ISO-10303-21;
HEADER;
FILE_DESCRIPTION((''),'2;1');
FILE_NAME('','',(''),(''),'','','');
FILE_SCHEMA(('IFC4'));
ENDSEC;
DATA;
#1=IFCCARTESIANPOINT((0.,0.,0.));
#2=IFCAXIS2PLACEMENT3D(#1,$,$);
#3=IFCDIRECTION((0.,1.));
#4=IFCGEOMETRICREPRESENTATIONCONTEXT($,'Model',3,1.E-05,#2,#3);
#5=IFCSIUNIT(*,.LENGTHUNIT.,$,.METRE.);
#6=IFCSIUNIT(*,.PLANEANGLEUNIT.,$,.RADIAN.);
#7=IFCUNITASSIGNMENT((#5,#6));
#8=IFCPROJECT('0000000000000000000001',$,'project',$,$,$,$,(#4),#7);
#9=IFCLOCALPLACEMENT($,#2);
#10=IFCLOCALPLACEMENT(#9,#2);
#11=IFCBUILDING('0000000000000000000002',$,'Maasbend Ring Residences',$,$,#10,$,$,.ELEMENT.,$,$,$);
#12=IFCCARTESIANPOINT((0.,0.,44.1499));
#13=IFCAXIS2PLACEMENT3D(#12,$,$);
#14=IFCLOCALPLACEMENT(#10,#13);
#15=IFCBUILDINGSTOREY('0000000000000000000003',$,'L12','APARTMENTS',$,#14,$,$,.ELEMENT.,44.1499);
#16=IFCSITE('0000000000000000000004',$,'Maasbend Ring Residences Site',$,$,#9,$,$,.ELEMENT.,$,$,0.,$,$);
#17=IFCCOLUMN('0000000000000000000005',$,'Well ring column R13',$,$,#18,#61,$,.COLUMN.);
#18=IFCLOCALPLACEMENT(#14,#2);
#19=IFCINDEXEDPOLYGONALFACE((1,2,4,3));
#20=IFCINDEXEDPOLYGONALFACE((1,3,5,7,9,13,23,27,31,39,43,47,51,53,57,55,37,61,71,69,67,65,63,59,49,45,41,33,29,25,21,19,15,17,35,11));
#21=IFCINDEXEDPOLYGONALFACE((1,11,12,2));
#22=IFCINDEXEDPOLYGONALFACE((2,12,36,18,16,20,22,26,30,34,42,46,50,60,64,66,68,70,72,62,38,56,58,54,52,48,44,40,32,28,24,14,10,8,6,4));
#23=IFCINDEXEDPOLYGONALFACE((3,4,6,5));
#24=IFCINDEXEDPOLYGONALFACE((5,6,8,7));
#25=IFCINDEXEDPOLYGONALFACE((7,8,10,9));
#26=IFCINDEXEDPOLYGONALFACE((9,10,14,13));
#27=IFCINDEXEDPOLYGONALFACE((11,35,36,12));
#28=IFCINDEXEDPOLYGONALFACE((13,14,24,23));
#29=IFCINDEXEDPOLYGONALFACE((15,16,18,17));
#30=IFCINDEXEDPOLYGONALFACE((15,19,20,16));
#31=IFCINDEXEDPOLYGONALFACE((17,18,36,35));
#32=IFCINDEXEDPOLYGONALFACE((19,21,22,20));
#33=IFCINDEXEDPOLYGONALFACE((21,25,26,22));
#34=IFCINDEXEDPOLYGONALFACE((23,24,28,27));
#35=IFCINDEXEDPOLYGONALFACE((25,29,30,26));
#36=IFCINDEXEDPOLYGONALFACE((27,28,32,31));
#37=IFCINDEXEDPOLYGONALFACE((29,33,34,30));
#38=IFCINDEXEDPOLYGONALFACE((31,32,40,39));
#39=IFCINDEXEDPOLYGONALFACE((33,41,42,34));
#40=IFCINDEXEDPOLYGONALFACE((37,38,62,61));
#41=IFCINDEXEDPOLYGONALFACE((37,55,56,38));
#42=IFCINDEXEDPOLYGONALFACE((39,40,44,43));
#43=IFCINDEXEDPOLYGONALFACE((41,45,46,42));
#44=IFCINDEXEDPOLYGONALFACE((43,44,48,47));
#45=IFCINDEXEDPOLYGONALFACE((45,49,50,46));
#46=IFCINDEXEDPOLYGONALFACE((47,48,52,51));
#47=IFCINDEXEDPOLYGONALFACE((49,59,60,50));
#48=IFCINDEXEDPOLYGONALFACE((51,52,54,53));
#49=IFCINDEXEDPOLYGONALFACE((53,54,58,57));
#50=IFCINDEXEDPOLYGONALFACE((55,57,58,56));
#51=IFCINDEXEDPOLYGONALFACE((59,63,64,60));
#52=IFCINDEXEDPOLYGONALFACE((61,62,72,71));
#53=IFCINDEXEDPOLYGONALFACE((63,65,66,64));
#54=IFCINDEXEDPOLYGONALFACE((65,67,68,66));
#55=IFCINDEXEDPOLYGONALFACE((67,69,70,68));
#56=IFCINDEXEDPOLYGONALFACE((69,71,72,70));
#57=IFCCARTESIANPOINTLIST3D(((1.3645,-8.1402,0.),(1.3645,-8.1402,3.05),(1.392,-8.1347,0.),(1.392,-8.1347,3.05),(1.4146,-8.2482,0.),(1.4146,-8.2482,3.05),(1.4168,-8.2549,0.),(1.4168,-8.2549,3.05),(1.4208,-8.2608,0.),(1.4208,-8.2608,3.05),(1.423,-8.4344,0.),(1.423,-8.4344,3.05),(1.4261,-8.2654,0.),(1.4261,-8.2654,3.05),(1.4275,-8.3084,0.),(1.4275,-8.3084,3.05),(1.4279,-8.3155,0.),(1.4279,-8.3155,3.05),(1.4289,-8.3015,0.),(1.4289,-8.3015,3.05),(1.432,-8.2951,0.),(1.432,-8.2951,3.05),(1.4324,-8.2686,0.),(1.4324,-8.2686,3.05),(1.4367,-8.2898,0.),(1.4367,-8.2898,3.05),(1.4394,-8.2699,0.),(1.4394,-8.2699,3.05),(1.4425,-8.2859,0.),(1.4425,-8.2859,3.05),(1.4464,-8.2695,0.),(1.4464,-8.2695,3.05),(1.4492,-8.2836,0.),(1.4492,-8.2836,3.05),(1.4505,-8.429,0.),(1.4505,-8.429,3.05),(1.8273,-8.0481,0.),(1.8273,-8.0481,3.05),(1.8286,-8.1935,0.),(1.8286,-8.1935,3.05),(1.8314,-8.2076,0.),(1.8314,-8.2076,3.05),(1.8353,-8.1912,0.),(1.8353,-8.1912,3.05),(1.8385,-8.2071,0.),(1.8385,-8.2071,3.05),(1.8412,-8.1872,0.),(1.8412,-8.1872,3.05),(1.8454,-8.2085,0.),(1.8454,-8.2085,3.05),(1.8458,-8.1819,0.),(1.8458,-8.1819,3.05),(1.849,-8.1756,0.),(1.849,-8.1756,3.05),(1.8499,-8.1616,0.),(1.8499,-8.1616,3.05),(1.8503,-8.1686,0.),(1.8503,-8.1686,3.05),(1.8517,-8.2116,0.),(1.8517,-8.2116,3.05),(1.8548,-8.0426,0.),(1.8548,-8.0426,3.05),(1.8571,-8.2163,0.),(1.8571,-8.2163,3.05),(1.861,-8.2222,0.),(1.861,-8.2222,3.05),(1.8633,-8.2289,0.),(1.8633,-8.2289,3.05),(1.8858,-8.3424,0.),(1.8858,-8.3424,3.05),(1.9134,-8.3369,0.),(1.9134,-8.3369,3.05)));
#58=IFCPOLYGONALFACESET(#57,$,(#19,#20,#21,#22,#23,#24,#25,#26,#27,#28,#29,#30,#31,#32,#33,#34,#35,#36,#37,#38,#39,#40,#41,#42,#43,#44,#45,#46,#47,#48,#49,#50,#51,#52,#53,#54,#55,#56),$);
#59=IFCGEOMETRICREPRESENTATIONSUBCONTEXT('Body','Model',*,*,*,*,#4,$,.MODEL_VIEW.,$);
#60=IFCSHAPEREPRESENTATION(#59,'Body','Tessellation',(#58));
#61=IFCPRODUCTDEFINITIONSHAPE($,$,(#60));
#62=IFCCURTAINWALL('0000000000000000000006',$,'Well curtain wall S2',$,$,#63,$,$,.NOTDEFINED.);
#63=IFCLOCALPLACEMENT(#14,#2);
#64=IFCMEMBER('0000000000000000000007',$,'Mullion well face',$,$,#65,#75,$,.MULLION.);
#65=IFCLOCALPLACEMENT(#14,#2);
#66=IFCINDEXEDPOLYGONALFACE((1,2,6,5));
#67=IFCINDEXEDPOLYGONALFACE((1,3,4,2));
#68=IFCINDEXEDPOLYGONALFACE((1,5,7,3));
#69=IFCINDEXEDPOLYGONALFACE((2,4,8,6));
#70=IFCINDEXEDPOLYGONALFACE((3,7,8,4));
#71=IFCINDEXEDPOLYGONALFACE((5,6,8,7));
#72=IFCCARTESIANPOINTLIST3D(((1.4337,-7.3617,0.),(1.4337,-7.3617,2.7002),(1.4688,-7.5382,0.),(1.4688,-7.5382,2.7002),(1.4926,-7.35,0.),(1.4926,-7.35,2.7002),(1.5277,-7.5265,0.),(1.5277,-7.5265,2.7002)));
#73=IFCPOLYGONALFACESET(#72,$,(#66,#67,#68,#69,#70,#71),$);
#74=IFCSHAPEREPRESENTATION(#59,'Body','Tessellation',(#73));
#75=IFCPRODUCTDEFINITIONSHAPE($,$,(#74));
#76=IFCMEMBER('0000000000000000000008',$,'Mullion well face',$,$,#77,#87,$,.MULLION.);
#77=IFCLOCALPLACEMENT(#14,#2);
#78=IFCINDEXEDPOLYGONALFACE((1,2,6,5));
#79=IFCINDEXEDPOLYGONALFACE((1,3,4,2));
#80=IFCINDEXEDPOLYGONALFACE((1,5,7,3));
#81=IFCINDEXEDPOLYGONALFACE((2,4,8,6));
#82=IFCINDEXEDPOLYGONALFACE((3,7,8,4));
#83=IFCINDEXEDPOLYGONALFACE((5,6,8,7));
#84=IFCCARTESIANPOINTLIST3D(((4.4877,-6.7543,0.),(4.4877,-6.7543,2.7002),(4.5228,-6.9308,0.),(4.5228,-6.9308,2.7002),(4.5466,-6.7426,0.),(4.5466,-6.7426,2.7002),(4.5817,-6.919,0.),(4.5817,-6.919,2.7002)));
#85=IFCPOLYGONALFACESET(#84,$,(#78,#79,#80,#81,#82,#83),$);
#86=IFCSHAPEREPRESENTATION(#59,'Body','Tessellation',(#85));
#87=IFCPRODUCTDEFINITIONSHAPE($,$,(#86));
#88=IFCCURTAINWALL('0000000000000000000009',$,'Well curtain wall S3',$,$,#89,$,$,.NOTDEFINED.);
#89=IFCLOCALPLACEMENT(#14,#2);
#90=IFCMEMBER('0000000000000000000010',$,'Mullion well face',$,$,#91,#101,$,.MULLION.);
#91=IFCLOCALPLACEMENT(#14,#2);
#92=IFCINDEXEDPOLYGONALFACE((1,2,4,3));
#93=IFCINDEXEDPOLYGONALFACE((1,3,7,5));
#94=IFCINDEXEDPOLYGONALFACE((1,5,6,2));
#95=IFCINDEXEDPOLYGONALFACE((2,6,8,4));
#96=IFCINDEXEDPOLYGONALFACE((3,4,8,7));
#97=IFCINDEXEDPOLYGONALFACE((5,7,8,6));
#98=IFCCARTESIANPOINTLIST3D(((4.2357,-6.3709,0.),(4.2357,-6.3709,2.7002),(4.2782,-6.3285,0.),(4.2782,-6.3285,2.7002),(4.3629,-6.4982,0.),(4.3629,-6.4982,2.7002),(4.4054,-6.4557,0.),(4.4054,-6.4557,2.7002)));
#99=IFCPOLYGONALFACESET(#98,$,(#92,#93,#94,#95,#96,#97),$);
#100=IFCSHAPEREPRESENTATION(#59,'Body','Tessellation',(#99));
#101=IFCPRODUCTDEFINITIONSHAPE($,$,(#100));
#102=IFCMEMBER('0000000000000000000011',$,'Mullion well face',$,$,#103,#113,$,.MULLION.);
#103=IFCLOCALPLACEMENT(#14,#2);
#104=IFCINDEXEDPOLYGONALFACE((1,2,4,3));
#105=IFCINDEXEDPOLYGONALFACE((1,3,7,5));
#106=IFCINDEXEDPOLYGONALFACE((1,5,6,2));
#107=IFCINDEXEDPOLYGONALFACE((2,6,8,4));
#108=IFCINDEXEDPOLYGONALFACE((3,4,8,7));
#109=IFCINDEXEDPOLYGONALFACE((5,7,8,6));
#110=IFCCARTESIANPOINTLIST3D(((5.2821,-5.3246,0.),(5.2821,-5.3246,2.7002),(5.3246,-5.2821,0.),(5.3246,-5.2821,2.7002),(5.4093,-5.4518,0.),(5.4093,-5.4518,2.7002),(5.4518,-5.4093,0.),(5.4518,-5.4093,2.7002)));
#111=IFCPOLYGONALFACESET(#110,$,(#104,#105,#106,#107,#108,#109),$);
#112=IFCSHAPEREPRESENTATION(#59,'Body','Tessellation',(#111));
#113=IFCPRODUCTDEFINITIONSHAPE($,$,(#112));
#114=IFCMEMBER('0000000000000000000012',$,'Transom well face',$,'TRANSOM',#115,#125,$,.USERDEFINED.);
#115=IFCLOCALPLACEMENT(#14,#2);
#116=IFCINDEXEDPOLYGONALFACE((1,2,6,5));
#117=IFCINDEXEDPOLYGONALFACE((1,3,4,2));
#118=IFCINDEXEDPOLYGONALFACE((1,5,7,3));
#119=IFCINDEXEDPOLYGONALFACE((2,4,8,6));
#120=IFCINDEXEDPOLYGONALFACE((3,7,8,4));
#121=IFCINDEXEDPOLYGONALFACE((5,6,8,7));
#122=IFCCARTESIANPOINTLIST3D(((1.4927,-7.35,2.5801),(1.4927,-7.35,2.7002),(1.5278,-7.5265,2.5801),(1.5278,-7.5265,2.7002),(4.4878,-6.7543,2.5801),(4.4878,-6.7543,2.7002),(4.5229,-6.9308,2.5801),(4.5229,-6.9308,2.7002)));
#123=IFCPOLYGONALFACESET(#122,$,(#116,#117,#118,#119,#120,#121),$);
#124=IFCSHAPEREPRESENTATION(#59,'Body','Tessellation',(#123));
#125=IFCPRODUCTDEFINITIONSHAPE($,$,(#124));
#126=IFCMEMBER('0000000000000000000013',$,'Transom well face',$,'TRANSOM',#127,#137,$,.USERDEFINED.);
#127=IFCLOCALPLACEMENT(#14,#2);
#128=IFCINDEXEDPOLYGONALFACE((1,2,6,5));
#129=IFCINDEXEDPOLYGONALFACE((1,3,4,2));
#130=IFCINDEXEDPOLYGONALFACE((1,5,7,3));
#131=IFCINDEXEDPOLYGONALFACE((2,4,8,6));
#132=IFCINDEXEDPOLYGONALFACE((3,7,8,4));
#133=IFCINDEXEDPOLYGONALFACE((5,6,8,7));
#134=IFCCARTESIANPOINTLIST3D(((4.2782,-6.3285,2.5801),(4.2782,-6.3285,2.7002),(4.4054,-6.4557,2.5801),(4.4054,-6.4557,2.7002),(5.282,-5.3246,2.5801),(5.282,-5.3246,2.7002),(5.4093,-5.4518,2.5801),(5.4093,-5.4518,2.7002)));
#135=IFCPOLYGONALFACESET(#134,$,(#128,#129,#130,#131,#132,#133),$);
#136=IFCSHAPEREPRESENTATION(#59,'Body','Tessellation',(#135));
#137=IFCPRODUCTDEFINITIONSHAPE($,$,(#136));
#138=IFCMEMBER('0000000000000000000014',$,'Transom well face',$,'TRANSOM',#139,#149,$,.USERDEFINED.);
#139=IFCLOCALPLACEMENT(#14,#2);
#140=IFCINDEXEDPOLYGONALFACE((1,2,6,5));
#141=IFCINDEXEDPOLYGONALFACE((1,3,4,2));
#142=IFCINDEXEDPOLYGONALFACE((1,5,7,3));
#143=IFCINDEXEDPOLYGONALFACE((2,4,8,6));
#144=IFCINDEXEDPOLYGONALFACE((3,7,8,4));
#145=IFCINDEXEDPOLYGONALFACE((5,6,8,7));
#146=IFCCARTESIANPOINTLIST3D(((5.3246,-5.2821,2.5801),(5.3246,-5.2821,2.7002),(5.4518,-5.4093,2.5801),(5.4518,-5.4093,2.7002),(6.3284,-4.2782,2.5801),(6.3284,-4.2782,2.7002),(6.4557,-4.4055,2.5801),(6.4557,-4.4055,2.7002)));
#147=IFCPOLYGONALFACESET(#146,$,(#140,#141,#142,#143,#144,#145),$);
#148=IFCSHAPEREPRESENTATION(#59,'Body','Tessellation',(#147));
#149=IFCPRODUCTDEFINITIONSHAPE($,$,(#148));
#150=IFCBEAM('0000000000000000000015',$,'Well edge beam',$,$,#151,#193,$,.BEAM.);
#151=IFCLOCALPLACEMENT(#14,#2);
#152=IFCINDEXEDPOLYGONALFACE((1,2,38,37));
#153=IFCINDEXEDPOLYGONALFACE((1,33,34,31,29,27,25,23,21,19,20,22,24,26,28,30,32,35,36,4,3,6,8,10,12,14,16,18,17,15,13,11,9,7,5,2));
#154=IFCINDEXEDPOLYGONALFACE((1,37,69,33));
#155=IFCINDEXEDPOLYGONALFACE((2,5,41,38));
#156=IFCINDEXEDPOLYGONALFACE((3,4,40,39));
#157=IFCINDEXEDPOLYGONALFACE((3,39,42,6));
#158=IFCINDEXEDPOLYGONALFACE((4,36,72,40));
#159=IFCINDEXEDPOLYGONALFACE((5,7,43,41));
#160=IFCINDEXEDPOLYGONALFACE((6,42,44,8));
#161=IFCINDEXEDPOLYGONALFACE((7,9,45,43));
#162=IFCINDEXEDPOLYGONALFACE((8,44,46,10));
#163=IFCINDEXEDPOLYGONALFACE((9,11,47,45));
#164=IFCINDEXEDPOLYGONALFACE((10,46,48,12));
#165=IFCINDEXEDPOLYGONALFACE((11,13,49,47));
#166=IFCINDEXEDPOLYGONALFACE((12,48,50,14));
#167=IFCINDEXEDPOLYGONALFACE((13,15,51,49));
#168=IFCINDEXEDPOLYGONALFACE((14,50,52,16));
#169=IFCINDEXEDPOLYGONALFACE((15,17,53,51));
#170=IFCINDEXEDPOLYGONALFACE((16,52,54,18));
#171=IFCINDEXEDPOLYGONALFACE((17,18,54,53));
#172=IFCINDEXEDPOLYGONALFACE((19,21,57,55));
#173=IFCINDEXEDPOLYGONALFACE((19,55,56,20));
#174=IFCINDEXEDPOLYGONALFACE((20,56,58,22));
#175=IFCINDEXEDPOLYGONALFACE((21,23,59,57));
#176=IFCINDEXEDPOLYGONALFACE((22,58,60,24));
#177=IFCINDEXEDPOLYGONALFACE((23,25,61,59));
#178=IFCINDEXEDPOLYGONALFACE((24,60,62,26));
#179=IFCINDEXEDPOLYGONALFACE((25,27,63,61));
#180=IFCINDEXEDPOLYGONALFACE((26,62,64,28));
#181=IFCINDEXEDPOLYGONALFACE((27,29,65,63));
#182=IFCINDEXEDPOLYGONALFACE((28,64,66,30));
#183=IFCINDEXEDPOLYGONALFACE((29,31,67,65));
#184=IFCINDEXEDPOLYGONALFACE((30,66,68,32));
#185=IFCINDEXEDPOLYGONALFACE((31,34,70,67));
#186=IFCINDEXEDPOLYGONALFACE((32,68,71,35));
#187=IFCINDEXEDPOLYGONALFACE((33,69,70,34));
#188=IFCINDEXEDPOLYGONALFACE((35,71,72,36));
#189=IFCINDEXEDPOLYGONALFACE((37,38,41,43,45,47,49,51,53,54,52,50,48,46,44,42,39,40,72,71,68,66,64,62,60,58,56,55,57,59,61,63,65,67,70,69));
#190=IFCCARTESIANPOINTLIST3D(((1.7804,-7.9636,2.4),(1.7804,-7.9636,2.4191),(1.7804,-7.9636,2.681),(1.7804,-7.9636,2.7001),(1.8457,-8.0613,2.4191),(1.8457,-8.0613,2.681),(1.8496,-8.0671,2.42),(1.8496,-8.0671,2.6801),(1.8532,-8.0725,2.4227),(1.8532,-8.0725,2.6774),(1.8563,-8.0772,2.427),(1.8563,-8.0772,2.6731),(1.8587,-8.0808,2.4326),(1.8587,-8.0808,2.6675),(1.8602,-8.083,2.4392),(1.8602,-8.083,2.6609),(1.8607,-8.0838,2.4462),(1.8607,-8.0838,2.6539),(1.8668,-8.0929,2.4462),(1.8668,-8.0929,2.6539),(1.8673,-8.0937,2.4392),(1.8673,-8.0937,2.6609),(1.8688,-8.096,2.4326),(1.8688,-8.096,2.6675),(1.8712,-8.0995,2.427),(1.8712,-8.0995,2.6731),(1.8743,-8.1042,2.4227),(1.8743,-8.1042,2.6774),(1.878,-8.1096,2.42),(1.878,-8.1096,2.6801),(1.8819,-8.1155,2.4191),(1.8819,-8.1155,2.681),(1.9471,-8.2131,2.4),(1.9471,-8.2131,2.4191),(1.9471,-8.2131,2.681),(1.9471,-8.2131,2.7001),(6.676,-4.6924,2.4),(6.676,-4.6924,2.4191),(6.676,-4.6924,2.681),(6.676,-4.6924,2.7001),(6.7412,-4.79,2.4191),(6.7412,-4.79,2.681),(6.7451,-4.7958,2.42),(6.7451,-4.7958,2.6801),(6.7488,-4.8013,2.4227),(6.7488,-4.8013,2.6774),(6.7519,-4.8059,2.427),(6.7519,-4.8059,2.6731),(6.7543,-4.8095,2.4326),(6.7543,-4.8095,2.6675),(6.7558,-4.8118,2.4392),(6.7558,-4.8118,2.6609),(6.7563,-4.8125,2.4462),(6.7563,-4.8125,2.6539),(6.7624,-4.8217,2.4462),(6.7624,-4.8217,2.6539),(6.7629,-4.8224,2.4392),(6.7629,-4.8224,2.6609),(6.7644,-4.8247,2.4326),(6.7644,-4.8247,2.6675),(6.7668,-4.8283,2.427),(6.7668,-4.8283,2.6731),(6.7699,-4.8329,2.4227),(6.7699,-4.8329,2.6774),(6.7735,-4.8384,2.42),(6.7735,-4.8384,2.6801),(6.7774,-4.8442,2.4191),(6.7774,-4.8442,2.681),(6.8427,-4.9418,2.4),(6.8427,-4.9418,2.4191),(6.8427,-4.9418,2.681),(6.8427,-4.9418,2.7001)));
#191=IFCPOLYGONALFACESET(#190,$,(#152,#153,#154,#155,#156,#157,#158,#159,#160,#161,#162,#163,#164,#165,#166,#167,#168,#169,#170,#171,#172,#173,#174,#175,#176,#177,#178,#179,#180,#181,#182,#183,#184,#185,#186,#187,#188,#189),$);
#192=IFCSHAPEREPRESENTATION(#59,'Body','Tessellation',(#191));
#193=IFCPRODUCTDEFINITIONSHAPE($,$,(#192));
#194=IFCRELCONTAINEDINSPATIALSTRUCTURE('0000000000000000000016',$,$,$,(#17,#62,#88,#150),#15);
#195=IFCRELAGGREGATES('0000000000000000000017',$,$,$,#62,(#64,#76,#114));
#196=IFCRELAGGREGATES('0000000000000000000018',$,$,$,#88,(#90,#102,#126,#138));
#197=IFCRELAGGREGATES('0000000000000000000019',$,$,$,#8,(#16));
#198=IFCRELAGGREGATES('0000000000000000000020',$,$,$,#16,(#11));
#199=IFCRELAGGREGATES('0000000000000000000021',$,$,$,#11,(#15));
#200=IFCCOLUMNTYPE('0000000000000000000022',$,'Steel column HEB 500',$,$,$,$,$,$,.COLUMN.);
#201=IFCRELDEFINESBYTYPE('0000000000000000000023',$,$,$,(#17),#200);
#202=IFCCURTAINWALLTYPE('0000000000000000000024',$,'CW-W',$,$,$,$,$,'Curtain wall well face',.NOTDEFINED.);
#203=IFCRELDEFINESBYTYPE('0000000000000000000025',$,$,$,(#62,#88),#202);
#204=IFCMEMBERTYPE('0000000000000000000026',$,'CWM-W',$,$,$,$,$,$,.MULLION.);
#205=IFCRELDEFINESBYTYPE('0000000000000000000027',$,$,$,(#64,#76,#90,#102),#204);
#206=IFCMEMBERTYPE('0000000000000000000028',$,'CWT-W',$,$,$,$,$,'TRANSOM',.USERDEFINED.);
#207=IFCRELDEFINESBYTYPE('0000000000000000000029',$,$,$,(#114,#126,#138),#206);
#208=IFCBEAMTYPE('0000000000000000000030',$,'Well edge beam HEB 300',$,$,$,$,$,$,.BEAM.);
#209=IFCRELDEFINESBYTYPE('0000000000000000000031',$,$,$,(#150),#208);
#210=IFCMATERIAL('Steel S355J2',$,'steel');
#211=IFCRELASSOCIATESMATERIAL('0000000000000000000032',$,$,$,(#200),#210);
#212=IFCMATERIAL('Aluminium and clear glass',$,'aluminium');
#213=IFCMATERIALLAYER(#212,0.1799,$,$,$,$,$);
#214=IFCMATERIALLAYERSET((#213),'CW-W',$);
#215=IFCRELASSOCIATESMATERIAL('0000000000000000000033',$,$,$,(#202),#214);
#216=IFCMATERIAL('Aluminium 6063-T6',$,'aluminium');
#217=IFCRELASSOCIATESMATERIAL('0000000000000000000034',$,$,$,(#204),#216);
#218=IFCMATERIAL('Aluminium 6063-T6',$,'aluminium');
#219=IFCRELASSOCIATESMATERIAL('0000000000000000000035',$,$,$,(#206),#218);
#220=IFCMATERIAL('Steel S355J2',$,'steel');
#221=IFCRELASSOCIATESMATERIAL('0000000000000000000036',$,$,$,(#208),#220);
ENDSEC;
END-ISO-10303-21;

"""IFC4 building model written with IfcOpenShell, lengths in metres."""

from ifc_helpers import new_model, si_unit, direction, frame, origin, origin_2d, place, context, subcontext, project, spatial, rectangle, i_section, extrude, material, layer, layer_set, material_profile, profile_set, type_object, element, aggregate, save


model = new_model("IFC4")

# Units and contexts
model_context = context("Model", 3, precision=1e-05, world=origin(), true_north=direction((0.0, 1.0)))
body_context = subcontext(model_context, "Body", "Model", "MODEL_VIEW")
ifc_project = project(units=[si_unit("LENGTHUNIT", "METRE"), si_unit("PLANEANGLEUNIT", "RADIAN")], contexts=[model_context])

# Site, building, storey
site_placement = place(None, origin())
site = spatial("IfcSite", under=ifc_project, at=site_placement, Name="Maasbend Ring Residences Site", CompositionType="ELEMENT", RefElevation=0.0)
building_placement = place(site_placement, origin())
building = spatial("IfcBuilding", under=site, at=building_placement, Name="Maasbend Ring Residences", CompositionType="ELEMENT")
storey_placement = place(building_placement, frame((0.0, 0.0, 44.1499)))
storey = spatial("IfcBuildingStorey", under=building, at=storey_placement, Name="L12", Description="APARTMENTS", CompositionType="ELEMENT", Elevation=44.1499)

# Column
ifc_material_1 = material(Name="Steel S355J2", Category="steel")
ifc_material_profile_1 = material_profile(ifc_material_1, i_section(OverallWidth=0.3, OverallDepth=0.5, WebThickness=0.0144, FlangeThickness=0.0281, FilletRadius=0.0271, at=origin_2d()), Name="HEB 500")
ifc_profile_set_1 = profile_set([ifc_material_profile_1], Name="Steel S355J2")
column_type = type_object("IfcColumnType", Name="Steel column HEB 500", PredefinedType="COLUMN", material=ifc_profile_set_1)
column_placement = place(storey_placement, frame((1.6389, -8.2385, 0.0), z_axis=(0.0, 0.0, 1.0), x_axis=(0.19509, -0.980785, 0.0)))
element("IfcColumn", 1, at=column_placement, inside=storey, type_object=column_type, Name="Well ring column R13", PredefinedType="COLUMN", context=body_context, shape_type="SweptSolid", body=[
    extrude(i_section(OverallWidth=0.3, OverallDepth=0.5, WebThickness=0.0144, FlangeThickness=0.0281, FilletRadius=0.0271, at=origin_2d()), origin(), (0.0, 0.0, 1.0), 3.05),
])

# Curtain walls, members
ifc_material_2 = material(Name="Aluminium and clear glass", Category="aluminium")
ifc_layer_1 = layer(ifc_material_2, 0.1799)
ifc_layer_set_1 = layer_set([ifc_layer_1], Name="CW-W")
curtain_wall_type = type_object("IfcCurtainWallType", Name="CW-W", ElementType="Curtain wall well face", PredefinedType="NOTDEFINED", material=ifc_layer_set_1)
curtain_wall_1_placement = place(storey_placement, origin())
curtain_wall_1 = element("IfcCurtainWall", 2, at=curtain_wall_1_placement, inside=storey, type_object=curtain_wall_type, Name="Well curtain wall S2", PredefinedType="NOTDEFINED")
ifc_material_3 = material(Name="Aluminium 6063-T6", Category="aluminium")
ifc_material_profile_2 = material_profile(ifc_material_3, rectangle(XDim=0.1799, YDim=0.0601, at=origin_2d()), Name="AL 180x60")
ifc_profile_set_2 = profile_set([ifc_material_profile_2], Name="Aluminium 6063-T6")
member_type_1 = type_object("IfcMemberType", Name="CWM-W", PredefinedType="MULLION", material=ifc_profile_set_2)
member_1_placement = place(storey_placement, frame((1.4807, -7.4441, 0.0), z_axis=(0.0, 0.0, 1.0), x_axis=(-0.19509, 0.980785, 0.0)))
member_1 = element("IfcMember", 3, at=member_1_placement, type_object=member_type_1, Name="Mullion well face", PredefinedType="MULLION", context=body_context, shape_type="SweptSolid", body=[
    extrude(rectangle(XDim=0.1799, YDim=0.0601, at=origin_2d()), origin(), (0.0, 0.0, 1.0), 2.7002),
])
member_2_placement = place(storey_placement, frame((4.5347, -6.8367, 0.0), z_axis=(0.0, 0.0, 1.0), x_axis=(-0.19509, 0.980785, 0.0)))
member_2 = element("IfcMember", 4, at=member_2_placement, type_object=member_type_1, Name="Mullion well face", PredefinedType="MULLION", context=body_context, shape_type="SweptSolid", body=[
    extrude(rectangle(XDim=0.1799, YDim=0.0601, at=origin_2d()), origin(), (0.0, 0.0, 1.0), 2.7002),
])
curtain_wall_2_placement = place(storey_placement, origin())
curtain_wall_2 = element("IfcCurtainWall", 5, at=curtain_wall_2_placement, inside=storey, type_object=curtain_wall_type, Name="Well curtain wall S3", PredefinedType="NOTDEFINED")
member_3_placement = place(storey_placement, frame((4.3206, -6.4133, 0.0), z_axis=(0.0, 0.0, 1.0), x_axis=(-0.707107, 0.707107, 0.0)))
member_3 = element("IfcMember", 6, at=member_3_placement, type_object=member_type_1, Name="Mullion well face", PredefinedType="MULLION", context=body_context, shape_type="SweptSolid", body=[
    extrude(rectangle(XDim=0.1799, YDim=0.0601, at=origin_2d()), origin(), (0.0, 0.0, 1.0), 2.7002),
])
member_4_placement = place(storey_placement, frame((5.3669, -5.3669, 0.0), z_axis=(0.0, 0.0, 1.0), x_axis=(-0.707107, 0.707107, 0.0)))
member_4 = element("IfcMember", 7, at=member_4_placement, type_object=member_type_1, Name="Mullion well face", PredefinedType="MULLION", context=body_context, shape_type="SweptSolid", body=[
    extrude(rectangle(XDim=0.1799, YDim=0.0601, at=origin_2d()), origin(), (0.0, 0.0, 1.0), 2.7002),
])

# Members
ifc_material_4 = material(Name="Aluminium 6063-T6", Category="aluminium")
ifc_material_profile_3 = material_profile(ifc_material_4, rectangle(XDim=0.1799, YDim=0.1201, at=origin_2d()), Name="AL 180x120")
ifc_profile_set_3 = profile_set([ifc_material_profile_3], Name="Aluminium 6063-T6")
member_type_2 = type_object("IfcMemberType", Name="CWT-W", ElementType="TRANSOM", PredefinedType="USERDEFINED", material=ifc_profile_set_3)
member_5_placement = place(storey_placement, frame((1.5103, -7.4382, 2.6401), z_axis=(0.980789, 0.195071, 0.0), x_axis=(-0.195071, 0.980789, 0.0)))
member_5 = element("IfcMember", 8, at=member_5_placement, type_object=member_type_2, Name="Transom well face", ObjectType="TRANSOM", PredefinedType="USERDEFINED", context=body_context, shape_type="SweptSolid", body=[
    extrude(rectangle(XDim=0.1799, YDim=0.1201, at=origin_2d()), origin(), (0.0, 0.0, 1.0), 3.0537),
])
member_6_placement = place(storey_placement, frame((4.3418, -6.3921, 2.6401), z_axis=(0.707107, 0.707107, 0.0), x_axis=(-0.707107, 0.707107, 0.0)))
member_6 = element("IfcMember", 9, at=member_6_placement, type_object=member_type_2, Name="Transom well face", ObjectType="TRANSOM", PredefinedType="USERDEFINED", context=body_context, shape_type="SweptSolid", body=[
    extrude(rectangle(XDim=0.1799, YDim=0.1201, at=origin_2d()), origin(), (0.0, 0.0, 1.0), 1.4197),
])
member_7_placement = place(storey_placement, frame((5.3882, -5.3457, 2.6401), z_axis=(0.707107, 0.707107, 0.0), x_axis=(-0.707107, 0.707107, 0.0)))
member_7 = element("IfcMember", 10, at=member_7_placement, type_object=member_type_2, Name="Transom well face", ObjectType="TRANSOM", PredefinedType="USERDEFINED", context=body_context, shape_type="SweptSolid", body=[
    extrude(rectangle(XDim=0.1799, YDim=0.1201, at=origin_2d()), origin(), (0.0, 0.0, 1.0), 1.4197),
])

# Beam
ifc_material_5 = material(Name="Steel S355J2", Category="steel")
ifc_material_profile_4 = material_profile(ifc_material_5, i_section(OverallWidth=0.3, OverallDepth=0.3, WebThickness=0.011, FlangeThickness=0.019, FilletRadius=0.0271, at=origin_2d()), Name="HEB 300")
ifc_profile_set_4 = profile_set([ifc_material_profile_4], Name="Steel S355J2")
beam_type = type_object("IfcBeamType", Name="Well edge beam HEB 300", PredefinedType="BEAM", material=ifc_profile_set_4)
beam_placement = place(storey_placement, frame((1.8638, -8.0884, 2.55), z_axis=(0.831457, 0.55559, 0.0), x_axis=(-0.55559, 0.831457, 0.0)))
element("IfcBeam", 11, at=beam_placement, inside=storey, type_object=beam_type, Name="Well edge beam", PredefinedType="BEAM", context=body_context, shape_type="SweptSolid", body=[
    extrude(i_section(OverallWidth=0.3, OverallDepth=0.3, WebThickness=0.011, FlangeThickness=0.019, FilletRadius=0.0271, at=origin_2d()), origin(), (0.0, 0.0, 1.0), 5.8879),
])

aggregate(curtain_wall_1, [member_1, member_2, member_5])
aggregate(curtain_wall_2, [member_3, member_4, member_6, member_7])

save(model, "model.ifc")
